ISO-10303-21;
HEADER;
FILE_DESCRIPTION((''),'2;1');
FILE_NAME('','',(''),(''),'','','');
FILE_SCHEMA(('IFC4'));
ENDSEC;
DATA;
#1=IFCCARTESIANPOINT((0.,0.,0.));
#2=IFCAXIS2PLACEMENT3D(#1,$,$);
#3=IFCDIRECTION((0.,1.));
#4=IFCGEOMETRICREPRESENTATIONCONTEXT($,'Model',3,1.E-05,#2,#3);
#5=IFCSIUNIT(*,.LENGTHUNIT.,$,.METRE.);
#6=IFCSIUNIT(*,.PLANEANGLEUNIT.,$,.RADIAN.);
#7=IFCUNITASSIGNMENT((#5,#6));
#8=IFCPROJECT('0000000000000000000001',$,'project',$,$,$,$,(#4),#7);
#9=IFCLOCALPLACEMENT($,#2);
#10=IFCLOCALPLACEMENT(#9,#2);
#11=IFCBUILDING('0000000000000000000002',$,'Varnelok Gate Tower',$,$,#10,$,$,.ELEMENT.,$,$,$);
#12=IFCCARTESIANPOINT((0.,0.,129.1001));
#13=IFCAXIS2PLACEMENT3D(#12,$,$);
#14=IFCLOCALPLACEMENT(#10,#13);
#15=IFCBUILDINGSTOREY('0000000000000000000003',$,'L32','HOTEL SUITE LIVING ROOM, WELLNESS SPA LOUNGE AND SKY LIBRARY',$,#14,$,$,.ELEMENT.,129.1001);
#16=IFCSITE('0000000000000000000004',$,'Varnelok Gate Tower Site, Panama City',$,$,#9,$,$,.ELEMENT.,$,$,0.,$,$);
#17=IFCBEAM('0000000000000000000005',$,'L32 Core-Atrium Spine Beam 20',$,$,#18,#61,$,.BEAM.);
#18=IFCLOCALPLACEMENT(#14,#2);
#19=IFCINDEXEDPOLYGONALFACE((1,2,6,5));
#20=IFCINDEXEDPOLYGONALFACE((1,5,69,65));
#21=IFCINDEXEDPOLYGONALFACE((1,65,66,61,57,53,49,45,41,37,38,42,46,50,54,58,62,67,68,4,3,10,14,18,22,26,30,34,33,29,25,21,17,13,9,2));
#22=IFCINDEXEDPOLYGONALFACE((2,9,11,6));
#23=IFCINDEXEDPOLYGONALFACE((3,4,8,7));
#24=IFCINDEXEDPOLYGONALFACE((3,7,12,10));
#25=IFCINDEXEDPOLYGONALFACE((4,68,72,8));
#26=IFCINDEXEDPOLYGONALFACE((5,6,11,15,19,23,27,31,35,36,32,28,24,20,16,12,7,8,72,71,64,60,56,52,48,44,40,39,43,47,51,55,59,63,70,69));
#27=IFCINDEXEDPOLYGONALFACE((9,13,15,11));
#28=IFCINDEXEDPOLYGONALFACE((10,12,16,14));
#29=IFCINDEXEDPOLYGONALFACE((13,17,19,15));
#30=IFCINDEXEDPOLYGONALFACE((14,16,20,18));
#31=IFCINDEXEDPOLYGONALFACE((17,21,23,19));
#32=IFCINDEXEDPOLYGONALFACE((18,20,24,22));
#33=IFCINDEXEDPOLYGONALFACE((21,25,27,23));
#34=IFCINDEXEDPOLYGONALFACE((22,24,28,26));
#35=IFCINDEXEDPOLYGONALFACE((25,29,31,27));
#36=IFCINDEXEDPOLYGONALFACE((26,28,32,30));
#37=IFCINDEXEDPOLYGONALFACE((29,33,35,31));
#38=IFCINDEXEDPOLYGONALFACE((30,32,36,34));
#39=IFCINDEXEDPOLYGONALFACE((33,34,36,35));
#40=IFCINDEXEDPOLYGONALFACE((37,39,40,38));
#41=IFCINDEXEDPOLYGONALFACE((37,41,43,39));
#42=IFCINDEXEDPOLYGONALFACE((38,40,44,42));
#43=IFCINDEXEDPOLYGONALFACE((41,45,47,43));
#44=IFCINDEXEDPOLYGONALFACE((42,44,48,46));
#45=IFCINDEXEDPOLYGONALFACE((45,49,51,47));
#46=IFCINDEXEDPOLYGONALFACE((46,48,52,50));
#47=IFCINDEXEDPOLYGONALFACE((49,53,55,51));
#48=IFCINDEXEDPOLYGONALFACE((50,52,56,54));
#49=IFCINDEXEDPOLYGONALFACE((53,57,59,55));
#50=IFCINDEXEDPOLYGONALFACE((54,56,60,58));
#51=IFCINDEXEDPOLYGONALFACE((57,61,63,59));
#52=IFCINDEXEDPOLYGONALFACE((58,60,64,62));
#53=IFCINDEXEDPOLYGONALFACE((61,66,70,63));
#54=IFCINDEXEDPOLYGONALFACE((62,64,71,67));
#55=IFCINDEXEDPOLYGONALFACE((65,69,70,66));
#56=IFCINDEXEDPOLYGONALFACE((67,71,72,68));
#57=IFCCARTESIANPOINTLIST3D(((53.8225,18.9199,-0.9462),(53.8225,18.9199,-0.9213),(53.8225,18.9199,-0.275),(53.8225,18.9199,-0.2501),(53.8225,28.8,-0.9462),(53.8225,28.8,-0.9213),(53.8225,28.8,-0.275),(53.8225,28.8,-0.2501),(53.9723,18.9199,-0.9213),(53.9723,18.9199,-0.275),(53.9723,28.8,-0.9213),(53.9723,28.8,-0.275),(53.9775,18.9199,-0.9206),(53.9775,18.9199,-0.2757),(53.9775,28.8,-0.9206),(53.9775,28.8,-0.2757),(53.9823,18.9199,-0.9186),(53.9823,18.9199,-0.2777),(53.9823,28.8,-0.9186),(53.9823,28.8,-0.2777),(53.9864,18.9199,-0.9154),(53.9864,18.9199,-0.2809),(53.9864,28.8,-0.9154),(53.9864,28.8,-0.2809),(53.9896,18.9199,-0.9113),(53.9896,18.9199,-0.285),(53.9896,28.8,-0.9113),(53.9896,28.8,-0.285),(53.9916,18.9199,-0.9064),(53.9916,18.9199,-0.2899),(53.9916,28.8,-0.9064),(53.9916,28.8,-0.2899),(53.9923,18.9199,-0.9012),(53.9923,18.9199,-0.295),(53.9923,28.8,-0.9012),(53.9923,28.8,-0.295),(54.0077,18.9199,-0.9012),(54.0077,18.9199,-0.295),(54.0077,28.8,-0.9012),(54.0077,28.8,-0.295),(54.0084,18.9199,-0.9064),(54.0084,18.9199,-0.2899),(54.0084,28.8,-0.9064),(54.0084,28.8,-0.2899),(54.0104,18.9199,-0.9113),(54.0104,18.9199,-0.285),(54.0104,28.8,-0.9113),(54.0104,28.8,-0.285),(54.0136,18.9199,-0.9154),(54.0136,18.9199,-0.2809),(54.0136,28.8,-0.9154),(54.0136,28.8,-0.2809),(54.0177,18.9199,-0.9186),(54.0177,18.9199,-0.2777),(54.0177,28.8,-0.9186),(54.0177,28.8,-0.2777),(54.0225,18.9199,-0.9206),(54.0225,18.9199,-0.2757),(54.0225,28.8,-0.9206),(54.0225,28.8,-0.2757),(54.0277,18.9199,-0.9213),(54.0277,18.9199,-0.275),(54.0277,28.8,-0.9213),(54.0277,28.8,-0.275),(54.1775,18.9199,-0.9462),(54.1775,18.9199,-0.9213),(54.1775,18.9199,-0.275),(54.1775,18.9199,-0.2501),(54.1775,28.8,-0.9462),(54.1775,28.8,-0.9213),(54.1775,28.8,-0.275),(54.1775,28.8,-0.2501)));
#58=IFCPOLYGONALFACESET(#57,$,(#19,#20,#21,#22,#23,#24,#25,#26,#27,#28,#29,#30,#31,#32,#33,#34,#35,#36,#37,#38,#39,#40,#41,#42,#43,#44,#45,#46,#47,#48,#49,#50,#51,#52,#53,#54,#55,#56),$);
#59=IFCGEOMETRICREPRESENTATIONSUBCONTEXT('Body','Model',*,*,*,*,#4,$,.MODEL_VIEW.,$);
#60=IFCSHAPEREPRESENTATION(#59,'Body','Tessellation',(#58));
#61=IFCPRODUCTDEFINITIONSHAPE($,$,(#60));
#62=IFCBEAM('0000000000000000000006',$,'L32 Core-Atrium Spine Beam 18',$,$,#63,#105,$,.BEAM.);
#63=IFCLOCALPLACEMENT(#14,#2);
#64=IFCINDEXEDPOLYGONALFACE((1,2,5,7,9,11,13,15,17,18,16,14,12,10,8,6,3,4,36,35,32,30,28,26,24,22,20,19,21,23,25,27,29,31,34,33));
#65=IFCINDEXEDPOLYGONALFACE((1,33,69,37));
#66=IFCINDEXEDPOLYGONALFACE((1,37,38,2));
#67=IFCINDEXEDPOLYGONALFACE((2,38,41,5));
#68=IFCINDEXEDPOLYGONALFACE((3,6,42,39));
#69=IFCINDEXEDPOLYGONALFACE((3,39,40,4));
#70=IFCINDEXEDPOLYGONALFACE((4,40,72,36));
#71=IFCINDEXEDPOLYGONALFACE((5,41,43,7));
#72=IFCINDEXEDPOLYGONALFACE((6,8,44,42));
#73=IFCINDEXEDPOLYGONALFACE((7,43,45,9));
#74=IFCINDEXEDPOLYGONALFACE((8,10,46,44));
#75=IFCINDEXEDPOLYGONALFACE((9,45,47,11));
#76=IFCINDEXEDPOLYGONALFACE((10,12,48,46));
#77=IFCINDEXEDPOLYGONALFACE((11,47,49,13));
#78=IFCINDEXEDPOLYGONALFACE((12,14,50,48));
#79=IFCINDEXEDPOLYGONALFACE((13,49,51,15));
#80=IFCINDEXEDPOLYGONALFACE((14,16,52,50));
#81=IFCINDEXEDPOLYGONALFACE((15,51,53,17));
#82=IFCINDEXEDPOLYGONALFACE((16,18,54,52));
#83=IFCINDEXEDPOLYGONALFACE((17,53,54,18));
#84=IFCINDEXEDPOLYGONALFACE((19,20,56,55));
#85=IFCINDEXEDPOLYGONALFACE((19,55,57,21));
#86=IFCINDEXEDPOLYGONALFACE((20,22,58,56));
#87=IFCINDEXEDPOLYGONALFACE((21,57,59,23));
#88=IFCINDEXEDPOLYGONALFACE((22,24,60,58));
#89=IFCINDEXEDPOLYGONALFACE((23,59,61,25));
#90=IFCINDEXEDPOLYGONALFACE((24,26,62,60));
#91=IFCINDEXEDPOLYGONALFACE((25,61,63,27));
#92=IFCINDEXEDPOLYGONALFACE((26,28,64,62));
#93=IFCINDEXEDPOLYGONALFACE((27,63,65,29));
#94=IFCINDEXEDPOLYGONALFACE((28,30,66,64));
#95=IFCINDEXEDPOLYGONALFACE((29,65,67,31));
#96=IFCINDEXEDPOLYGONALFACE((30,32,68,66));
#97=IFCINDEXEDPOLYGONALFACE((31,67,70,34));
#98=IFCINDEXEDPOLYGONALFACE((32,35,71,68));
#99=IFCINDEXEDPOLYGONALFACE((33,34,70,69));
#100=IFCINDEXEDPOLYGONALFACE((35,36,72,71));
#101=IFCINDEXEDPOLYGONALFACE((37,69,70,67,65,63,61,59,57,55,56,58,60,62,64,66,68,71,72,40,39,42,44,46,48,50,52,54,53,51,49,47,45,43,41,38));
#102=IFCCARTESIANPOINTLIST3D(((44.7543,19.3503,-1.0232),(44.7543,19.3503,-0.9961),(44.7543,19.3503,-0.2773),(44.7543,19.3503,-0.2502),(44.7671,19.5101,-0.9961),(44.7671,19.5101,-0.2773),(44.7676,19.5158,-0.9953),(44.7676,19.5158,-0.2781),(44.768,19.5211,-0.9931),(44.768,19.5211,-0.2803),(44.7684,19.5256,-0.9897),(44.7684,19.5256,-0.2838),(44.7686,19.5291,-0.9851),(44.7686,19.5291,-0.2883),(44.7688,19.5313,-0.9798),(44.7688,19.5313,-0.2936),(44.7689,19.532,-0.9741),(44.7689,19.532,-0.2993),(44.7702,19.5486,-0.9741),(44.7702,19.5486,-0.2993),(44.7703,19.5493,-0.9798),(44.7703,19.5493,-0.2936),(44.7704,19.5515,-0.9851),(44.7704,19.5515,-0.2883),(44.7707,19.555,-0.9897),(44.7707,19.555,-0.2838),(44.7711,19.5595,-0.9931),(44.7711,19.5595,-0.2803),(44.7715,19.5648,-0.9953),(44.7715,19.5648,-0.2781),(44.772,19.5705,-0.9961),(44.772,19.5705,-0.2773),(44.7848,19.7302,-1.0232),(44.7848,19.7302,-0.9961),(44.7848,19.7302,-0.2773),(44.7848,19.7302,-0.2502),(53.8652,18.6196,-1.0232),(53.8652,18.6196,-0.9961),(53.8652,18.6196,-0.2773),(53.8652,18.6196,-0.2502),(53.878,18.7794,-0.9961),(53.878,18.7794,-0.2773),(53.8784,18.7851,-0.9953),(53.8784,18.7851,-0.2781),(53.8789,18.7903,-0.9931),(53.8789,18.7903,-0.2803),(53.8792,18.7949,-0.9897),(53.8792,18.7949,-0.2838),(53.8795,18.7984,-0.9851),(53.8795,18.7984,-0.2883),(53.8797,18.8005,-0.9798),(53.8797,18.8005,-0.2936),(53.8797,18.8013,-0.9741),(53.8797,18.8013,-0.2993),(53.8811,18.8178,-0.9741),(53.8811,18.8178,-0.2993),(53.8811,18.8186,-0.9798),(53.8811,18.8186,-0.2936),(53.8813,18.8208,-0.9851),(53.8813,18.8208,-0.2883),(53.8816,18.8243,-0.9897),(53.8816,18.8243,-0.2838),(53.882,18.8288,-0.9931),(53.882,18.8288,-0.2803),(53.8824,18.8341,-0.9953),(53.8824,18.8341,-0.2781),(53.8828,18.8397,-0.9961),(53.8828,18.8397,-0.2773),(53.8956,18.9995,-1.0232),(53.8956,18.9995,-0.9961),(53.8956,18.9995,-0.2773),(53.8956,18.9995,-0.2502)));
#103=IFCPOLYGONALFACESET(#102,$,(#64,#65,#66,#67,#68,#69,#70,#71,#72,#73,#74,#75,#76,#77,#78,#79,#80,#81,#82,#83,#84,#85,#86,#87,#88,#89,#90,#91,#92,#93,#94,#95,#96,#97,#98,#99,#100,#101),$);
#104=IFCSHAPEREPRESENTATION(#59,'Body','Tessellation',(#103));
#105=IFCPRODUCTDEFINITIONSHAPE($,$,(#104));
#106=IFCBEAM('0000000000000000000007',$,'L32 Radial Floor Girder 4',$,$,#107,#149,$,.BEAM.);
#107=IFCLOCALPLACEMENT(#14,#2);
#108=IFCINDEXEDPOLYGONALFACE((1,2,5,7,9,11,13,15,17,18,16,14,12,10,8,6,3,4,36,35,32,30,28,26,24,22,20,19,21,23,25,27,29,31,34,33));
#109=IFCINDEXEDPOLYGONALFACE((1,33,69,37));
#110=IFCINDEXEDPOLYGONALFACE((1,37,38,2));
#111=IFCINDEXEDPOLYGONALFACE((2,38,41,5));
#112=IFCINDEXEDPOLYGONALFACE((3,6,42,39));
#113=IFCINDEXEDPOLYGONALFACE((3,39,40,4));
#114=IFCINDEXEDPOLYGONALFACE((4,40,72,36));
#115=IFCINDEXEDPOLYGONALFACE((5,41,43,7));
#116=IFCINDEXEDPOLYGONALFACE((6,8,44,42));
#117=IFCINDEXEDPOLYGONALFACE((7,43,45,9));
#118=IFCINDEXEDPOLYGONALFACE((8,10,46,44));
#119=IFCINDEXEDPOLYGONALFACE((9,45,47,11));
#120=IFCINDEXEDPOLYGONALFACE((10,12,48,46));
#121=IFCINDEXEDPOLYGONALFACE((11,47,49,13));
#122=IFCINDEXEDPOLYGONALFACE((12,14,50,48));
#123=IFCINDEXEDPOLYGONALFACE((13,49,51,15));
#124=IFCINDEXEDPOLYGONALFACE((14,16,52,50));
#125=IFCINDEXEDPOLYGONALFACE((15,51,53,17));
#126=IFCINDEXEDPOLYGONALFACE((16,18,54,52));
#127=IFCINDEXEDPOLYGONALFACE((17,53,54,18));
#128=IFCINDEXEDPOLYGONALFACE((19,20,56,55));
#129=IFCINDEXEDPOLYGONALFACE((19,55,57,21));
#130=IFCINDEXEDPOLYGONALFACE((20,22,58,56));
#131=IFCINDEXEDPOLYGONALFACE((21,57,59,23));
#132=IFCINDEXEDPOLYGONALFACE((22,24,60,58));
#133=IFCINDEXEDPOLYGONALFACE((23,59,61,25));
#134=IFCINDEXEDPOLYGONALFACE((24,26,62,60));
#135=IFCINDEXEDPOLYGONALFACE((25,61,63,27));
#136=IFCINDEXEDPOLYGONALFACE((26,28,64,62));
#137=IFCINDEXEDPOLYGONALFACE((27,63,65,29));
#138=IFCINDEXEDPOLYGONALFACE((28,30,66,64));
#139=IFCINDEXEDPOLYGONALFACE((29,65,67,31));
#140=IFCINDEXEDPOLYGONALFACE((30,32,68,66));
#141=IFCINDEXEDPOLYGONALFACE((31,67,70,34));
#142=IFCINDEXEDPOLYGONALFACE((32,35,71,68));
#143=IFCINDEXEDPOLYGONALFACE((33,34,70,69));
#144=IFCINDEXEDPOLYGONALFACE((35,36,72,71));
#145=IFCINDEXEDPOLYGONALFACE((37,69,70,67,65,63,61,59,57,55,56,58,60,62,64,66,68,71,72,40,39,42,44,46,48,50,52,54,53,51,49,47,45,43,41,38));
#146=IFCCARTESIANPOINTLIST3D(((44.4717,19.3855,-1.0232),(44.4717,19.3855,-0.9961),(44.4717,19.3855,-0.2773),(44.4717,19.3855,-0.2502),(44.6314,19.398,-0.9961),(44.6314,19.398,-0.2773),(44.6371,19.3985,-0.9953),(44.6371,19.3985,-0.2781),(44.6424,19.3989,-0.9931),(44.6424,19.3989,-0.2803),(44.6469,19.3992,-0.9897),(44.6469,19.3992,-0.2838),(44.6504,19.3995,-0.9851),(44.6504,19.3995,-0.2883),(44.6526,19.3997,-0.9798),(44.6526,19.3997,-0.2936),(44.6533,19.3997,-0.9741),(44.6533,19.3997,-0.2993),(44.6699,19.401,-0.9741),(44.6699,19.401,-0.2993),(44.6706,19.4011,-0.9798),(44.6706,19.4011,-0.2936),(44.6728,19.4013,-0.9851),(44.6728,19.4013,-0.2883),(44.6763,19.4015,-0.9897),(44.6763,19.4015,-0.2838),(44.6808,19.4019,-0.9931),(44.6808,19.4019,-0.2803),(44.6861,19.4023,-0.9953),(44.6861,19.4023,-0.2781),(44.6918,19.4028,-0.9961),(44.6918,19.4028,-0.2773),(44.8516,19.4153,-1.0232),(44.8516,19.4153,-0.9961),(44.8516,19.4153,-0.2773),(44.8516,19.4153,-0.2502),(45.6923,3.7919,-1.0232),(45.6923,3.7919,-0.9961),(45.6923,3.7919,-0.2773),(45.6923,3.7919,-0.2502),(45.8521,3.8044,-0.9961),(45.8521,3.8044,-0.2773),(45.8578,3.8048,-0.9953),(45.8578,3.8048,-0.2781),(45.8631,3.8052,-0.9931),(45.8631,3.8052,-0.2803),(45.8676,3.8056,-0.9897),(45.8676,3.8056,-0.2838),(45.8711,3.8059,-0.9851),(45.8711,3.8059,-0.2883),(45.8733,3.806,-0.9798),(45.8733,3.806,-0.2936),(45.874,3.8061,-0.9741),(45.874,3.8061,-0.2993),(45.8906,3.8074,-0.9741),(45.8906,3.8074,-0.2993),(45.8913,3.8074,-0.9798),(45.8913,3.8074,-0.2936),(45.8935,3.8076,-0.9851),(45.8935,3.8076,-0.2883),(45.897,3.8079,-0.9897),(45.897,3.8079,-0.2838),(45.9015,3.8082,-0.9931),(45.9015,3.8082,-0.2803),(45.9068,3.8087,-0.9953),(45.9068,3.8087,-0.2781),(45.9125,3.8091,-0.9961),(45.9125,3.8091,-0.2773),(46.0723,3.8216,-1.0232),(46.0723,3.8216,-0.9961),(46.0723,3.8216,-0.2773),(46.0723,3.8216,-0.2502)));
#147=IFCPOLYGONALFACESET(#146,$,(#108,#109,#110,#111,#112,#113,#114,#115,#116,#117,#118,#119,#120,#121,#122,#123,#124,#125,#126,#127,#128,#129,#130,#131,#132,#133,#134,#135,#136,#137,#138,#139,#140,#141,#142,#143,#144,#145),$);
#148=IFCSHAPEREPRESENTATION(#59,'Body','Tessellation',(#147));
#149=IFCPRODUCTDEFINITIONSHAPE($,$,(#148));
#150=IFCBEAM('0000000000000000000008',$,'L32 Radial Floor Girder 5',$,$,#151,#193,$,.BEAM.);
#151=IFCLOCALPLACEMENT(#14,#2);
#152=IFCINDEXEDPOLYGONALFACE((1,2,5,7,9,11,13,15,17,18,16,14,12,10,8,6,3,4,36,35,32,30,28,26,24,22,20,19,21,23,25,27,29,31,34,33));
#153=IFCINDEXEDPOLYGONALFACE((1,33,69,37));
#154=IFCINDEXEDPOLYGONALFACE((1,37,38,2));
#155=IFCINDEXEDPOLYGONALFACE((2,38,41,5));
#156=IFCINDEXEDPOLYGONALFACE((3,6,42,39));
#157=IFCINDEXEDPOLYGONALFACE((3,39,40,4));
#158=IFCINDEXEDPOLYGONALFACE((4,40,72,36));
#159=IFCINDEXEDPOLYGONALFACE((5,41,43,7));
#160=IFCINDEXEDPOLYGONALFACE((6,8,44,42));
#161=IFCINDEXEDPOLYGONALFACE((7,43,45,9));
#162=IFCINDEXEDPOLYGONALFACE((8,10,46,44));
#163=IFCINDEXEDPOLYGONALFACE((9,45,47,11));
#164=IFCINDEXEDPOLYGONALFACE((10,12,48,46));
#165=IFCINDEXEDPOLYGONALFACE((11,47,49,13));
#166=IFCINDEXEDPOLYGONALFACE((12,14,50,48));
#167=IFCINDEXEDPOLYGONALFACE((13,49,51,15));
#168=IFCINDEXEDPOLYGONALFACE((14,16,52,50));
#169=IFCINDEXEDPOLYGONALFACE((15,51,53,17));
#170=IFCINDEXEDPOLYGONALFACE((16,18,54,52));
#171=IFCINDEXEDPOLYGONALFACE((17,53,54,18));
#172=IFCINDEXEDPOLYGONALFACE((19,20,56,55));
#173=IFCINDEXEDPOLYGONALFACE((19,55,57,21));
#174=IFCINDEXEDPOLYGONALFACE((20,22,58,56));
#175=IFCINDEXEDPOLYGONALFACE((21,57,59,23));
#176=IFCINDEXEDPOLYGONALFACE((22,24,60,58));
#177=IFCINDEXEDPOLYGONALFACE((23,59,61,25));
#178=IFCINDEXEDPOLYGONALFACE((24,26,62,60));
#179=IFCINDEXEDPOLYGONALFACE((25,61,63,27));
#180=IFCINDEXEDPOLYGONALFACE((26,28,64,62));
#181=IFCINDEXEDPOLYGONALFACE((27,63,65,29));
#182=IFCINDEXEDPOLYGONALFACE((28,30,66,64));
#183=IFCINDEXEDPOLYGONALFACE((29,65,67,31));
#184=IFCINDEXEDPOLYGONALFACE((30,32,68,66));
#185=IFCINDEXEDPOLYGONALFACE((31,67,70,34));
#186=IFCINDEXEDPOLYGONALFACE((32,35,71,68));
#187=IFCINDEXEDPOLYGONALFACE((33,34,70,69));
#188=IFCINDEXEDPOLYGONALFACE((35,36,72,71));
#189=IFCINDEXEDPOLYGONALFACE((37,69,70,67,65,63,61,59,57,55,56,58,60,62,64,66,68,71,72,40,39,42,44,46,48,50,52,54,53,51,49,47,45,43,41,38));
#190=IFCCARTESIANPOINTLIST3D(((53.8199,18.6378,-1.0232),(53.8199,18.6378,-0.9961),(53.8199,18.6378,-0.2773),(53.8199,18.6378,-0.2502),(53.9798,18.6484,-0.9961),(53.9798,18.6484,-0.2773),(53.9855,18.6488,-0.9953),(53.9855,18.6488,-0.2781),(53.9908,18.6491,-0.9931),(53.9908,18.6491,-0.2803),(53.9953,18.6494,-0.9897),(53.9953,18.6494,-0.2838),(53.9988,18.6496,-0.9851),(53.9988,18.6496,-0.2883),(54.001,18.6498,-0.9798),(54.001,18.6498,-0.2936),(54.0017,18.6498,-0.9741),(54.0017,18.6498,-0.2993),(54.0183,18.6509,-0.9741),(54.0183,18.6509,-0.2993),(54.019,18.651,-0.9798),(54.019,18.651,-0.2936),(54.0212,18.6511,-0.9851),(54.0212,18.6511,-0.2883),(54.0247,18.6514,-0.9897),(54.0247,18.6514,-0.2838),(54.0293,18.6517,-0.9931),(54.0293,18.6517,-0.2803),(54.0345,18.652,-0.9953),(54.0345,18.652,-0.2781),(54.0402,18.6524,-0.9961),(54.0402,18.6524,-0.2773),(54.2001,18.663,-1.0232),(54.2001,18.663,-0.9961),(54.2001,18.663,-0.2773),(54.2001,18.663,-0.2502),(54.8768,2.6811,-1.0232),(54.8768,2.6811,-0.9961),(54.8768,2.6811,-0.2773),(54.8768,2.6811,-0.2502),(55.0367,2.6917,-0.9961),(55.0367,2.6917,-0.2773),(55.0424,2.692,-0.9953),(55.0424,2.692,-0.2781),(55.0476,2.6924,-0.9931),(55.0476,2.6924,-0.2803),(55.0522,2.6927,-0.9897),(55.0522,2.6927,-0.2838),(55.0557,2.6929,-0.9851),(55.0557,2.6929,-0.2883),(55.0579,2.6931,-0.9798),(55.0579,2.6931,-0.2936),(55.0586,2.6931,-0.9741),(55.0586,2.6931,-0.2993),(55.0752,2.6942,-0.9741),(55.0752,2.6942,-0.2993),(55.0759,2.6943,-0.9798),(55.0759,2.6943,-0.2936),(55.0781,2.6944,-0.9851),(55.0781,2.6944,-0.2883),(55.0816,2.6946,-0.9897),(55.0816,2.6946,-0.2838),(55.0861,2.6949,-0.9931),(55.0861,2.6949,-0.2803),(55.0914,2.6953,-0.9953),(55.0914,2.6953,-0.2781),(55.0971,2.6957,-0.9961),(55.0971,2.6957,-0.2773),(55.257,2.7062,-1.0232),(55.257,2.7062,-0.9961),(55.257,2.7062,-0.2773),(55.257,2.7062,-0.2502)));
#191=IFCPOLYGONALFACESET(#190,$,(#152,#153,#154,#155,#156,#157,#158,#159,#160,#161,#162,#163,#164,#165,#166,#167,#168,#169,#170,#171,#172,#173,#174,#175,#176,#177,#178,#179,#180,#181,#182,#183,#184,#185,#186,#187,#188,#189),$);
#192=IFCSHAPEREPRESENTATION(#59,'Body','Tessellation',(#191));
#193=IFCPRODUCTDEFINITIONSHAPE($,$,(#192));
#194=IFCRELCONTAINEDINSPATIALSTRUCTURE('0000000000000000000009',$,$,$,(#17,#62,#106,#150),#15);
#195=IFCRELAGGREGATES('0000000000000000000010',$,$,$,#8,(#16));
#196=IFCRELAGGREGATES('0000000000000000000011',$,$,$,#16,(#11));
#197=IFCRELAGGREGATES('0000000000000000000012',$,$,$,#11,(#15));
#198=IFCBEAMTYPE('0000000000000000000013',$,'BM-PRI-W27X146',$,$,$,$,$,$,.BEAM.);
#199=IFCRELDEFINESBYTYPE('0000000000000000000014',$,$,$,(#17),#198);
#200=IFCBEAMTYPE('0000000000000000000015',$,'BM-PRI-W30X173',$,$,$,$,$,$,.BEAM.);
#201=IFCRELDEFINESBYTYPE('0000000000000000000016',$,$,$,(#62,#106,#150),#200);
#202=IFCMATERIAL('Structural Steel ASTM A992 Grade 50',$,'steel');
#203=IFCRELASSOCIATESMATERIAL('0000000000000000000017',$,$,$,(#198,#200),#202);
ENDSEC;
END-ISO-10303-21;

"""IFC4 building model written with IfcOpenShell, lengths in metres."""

from ifc_helpers import new_model, si_unit, direction, frame, origin, origin_2d, place, context, subcontext, project, spatial, i_section, extrude, material, material_profile, profile_set, type_object, element, save


model = new_model("IFC4")

# Units and contexts
model_context = context("Model", 3, precision=1e-05, world=origin(), true_north=direction((0.0, 1.0)))
body_context = subcontext(model_context, "Body", "Model", "MODEL_VIEW")
ifc_project = project(units=[si_unit("LENGTHUNIT", "METRE"), si_unit("PLANEANGLEUNIT", "RADIAN")], contexts=[model_context])

# Site, building, storey
site_placement = place(None, origin())
site = spatial("IfcSite", under=ifc_project, at=site_placement, Name="Varnelok Gate Tower Site, Panama City", CompositionType="ELEMENT", RefElevation=0.0)
building_placement = place(site_placement, origin())
building = spatial("IfcBuilding", under=site, at=building_placement, Name="Varnelok Gate Tower", CompositionType="ELEMENT")
storey_placement = place(building_placement, frame((0.0, 0.0, 129.1001)))
storey = spatial("IfcBuildingStorey", under=building, at=storey_placement, Name="L32", Description="HOTEL SUITE LIVING ROOM, WELLNESS SPA LOUNGE AND SKY LIBRARY", CompositionType="ELEMENT", Elevation=129.1001)

# Shared definitions
ifc_material_1 = material(Name="Structural Steel ASTM A992 Grade 50", Category="steel")

# Beams
ifc_material_profile_1 = material_profile(ifc_material_1, i_section(OverallWidth=0.355, OverallDepth=0.696, WebThickness=0.0154, FlangeThickness=0.0249, FilletRadius=0.02, at=origin_2d()), Name="W27X146")
ifc_profile_set_1 = profile_set([ifc_material_profile_1], Name="Structural Steel ASTM A992 Grade 50")
beam_type_1 = type_object("IfcBeamType", Name="BM-PRI-W27X146", PredefinedType="BEAM", material=ifc_profile_set_1)
beam_1_placement = place(storey_placement, frame((54.0, 18.9199, -0.5981), z_axis=(0.0, 1.0, 0.0), x_axis=(-1.0, 0.0, 0.0)))
element("IfcBeam", 1, at=beam_1_placement, inside=storey, type_object=beam_type_1, Name="L32 Core-Atrium Spine Beam 20", PredefinedType="BEAM", context=body_context, shape_type="SweptSolid", body=[
    extrude(i_section(OverallWidth=0.355, OverallDepth=0.696, WebThickness=0.0154, FlangeThickness=0.0249, FilletRadius=0.02, at=origin_2d()), origin(), (0.0, 0.0, 1.0), 9.8801),
])
ifc_material_profile_2 = material_profile(ifc_material_1, i_section(OverallWidth=0.3811, OverallDepth=0.7729, WebThickness=0.0166, FlangeThickness=0.0271, FilletRadius=0.022, at=origin_2d()), Name="W30X173")
ifc_profile_set_2 = profile_set([ifc_material_profile_2], Name="Structural Steel ASTM A992 Grade 50")
beam_type_2 = type_object("IfcBeamType", Name="BM-PRI-W30X173", PredefinedType="BEAM", material=ifc_profile_set_2)
beam_2_placement = place(storey_placement, frame((44.7695, 19.5403, -0.6367), z_axis=(0.996799, -0.079946, 0.0), x_axis=(0.079946, 0.996799, 0.0)))
element("IfcBeam", 2, at=beam_2_placement, inside=storey, type_object=beam_type_2, Name="L32 Core-Atrium Spine Beam 18", PredefinedType="BEAM", context=body_context, shape_type="SweptSolid", body=[
    extrude(i_section(OverallWidth=0.3811, OverallDepth=0.7729, WebThickness=0.0166, FlangeThickness=0.0271, FilletRadius=0.022, at=origin_2d()), origin(), (0.0, 0.0, 1.0), 9.1401),
])
beam_3_placement = place(storey_placement, frame((44.6616, 19.4004, -0.6367), z_axis=(0.078043, -0.99695, 0.0), x_axis=(0.99695, 0.078043, 0.0)))
element("IfcBeam", 3, at=beam_3_placement, inside=storey, type_object=beam_type_2, Name="L32 Radial Floor Girder 4", PredefinedType="BEAM", context=body_context, shape_type="SweptSolid", body=[
    extrude(i_section(OverallWidth=0.3811, OverallDepth=0.7729, WebThickness=0.0166, FlangeThickness=0.0271, FilletRadius=0.022, at=origin_2d()), origin(), (0.0, 0.0, 1.0), 15.6414),
])
beam_4_placement = place(storey_placement, frame((54.01, 18.6504, -0.6367), z_axis=(0.066089, -0.997814, 0.0), x_axis=(0.997814, 0.066089, 0.0)))
element("IfcBeam", 4, at=beam_4_placement, inside=storey, type_object=beam_type_2, Name="L32 Radial Floor Girder 5", PredefinedType="BEAM", context=body_context, shape_type="SweptSolid", body=[
    extrude(i_section(OverallWidth=0.3811, OverallDepth=0.7729, WebThickness=0.0166, FlangeThickness=0.0271, FilletRadius=0.022, at=origin_2d()), origin(), (0.0, 0.0, 1.0), 15.9917),
])

save(model, "model.ifc")
